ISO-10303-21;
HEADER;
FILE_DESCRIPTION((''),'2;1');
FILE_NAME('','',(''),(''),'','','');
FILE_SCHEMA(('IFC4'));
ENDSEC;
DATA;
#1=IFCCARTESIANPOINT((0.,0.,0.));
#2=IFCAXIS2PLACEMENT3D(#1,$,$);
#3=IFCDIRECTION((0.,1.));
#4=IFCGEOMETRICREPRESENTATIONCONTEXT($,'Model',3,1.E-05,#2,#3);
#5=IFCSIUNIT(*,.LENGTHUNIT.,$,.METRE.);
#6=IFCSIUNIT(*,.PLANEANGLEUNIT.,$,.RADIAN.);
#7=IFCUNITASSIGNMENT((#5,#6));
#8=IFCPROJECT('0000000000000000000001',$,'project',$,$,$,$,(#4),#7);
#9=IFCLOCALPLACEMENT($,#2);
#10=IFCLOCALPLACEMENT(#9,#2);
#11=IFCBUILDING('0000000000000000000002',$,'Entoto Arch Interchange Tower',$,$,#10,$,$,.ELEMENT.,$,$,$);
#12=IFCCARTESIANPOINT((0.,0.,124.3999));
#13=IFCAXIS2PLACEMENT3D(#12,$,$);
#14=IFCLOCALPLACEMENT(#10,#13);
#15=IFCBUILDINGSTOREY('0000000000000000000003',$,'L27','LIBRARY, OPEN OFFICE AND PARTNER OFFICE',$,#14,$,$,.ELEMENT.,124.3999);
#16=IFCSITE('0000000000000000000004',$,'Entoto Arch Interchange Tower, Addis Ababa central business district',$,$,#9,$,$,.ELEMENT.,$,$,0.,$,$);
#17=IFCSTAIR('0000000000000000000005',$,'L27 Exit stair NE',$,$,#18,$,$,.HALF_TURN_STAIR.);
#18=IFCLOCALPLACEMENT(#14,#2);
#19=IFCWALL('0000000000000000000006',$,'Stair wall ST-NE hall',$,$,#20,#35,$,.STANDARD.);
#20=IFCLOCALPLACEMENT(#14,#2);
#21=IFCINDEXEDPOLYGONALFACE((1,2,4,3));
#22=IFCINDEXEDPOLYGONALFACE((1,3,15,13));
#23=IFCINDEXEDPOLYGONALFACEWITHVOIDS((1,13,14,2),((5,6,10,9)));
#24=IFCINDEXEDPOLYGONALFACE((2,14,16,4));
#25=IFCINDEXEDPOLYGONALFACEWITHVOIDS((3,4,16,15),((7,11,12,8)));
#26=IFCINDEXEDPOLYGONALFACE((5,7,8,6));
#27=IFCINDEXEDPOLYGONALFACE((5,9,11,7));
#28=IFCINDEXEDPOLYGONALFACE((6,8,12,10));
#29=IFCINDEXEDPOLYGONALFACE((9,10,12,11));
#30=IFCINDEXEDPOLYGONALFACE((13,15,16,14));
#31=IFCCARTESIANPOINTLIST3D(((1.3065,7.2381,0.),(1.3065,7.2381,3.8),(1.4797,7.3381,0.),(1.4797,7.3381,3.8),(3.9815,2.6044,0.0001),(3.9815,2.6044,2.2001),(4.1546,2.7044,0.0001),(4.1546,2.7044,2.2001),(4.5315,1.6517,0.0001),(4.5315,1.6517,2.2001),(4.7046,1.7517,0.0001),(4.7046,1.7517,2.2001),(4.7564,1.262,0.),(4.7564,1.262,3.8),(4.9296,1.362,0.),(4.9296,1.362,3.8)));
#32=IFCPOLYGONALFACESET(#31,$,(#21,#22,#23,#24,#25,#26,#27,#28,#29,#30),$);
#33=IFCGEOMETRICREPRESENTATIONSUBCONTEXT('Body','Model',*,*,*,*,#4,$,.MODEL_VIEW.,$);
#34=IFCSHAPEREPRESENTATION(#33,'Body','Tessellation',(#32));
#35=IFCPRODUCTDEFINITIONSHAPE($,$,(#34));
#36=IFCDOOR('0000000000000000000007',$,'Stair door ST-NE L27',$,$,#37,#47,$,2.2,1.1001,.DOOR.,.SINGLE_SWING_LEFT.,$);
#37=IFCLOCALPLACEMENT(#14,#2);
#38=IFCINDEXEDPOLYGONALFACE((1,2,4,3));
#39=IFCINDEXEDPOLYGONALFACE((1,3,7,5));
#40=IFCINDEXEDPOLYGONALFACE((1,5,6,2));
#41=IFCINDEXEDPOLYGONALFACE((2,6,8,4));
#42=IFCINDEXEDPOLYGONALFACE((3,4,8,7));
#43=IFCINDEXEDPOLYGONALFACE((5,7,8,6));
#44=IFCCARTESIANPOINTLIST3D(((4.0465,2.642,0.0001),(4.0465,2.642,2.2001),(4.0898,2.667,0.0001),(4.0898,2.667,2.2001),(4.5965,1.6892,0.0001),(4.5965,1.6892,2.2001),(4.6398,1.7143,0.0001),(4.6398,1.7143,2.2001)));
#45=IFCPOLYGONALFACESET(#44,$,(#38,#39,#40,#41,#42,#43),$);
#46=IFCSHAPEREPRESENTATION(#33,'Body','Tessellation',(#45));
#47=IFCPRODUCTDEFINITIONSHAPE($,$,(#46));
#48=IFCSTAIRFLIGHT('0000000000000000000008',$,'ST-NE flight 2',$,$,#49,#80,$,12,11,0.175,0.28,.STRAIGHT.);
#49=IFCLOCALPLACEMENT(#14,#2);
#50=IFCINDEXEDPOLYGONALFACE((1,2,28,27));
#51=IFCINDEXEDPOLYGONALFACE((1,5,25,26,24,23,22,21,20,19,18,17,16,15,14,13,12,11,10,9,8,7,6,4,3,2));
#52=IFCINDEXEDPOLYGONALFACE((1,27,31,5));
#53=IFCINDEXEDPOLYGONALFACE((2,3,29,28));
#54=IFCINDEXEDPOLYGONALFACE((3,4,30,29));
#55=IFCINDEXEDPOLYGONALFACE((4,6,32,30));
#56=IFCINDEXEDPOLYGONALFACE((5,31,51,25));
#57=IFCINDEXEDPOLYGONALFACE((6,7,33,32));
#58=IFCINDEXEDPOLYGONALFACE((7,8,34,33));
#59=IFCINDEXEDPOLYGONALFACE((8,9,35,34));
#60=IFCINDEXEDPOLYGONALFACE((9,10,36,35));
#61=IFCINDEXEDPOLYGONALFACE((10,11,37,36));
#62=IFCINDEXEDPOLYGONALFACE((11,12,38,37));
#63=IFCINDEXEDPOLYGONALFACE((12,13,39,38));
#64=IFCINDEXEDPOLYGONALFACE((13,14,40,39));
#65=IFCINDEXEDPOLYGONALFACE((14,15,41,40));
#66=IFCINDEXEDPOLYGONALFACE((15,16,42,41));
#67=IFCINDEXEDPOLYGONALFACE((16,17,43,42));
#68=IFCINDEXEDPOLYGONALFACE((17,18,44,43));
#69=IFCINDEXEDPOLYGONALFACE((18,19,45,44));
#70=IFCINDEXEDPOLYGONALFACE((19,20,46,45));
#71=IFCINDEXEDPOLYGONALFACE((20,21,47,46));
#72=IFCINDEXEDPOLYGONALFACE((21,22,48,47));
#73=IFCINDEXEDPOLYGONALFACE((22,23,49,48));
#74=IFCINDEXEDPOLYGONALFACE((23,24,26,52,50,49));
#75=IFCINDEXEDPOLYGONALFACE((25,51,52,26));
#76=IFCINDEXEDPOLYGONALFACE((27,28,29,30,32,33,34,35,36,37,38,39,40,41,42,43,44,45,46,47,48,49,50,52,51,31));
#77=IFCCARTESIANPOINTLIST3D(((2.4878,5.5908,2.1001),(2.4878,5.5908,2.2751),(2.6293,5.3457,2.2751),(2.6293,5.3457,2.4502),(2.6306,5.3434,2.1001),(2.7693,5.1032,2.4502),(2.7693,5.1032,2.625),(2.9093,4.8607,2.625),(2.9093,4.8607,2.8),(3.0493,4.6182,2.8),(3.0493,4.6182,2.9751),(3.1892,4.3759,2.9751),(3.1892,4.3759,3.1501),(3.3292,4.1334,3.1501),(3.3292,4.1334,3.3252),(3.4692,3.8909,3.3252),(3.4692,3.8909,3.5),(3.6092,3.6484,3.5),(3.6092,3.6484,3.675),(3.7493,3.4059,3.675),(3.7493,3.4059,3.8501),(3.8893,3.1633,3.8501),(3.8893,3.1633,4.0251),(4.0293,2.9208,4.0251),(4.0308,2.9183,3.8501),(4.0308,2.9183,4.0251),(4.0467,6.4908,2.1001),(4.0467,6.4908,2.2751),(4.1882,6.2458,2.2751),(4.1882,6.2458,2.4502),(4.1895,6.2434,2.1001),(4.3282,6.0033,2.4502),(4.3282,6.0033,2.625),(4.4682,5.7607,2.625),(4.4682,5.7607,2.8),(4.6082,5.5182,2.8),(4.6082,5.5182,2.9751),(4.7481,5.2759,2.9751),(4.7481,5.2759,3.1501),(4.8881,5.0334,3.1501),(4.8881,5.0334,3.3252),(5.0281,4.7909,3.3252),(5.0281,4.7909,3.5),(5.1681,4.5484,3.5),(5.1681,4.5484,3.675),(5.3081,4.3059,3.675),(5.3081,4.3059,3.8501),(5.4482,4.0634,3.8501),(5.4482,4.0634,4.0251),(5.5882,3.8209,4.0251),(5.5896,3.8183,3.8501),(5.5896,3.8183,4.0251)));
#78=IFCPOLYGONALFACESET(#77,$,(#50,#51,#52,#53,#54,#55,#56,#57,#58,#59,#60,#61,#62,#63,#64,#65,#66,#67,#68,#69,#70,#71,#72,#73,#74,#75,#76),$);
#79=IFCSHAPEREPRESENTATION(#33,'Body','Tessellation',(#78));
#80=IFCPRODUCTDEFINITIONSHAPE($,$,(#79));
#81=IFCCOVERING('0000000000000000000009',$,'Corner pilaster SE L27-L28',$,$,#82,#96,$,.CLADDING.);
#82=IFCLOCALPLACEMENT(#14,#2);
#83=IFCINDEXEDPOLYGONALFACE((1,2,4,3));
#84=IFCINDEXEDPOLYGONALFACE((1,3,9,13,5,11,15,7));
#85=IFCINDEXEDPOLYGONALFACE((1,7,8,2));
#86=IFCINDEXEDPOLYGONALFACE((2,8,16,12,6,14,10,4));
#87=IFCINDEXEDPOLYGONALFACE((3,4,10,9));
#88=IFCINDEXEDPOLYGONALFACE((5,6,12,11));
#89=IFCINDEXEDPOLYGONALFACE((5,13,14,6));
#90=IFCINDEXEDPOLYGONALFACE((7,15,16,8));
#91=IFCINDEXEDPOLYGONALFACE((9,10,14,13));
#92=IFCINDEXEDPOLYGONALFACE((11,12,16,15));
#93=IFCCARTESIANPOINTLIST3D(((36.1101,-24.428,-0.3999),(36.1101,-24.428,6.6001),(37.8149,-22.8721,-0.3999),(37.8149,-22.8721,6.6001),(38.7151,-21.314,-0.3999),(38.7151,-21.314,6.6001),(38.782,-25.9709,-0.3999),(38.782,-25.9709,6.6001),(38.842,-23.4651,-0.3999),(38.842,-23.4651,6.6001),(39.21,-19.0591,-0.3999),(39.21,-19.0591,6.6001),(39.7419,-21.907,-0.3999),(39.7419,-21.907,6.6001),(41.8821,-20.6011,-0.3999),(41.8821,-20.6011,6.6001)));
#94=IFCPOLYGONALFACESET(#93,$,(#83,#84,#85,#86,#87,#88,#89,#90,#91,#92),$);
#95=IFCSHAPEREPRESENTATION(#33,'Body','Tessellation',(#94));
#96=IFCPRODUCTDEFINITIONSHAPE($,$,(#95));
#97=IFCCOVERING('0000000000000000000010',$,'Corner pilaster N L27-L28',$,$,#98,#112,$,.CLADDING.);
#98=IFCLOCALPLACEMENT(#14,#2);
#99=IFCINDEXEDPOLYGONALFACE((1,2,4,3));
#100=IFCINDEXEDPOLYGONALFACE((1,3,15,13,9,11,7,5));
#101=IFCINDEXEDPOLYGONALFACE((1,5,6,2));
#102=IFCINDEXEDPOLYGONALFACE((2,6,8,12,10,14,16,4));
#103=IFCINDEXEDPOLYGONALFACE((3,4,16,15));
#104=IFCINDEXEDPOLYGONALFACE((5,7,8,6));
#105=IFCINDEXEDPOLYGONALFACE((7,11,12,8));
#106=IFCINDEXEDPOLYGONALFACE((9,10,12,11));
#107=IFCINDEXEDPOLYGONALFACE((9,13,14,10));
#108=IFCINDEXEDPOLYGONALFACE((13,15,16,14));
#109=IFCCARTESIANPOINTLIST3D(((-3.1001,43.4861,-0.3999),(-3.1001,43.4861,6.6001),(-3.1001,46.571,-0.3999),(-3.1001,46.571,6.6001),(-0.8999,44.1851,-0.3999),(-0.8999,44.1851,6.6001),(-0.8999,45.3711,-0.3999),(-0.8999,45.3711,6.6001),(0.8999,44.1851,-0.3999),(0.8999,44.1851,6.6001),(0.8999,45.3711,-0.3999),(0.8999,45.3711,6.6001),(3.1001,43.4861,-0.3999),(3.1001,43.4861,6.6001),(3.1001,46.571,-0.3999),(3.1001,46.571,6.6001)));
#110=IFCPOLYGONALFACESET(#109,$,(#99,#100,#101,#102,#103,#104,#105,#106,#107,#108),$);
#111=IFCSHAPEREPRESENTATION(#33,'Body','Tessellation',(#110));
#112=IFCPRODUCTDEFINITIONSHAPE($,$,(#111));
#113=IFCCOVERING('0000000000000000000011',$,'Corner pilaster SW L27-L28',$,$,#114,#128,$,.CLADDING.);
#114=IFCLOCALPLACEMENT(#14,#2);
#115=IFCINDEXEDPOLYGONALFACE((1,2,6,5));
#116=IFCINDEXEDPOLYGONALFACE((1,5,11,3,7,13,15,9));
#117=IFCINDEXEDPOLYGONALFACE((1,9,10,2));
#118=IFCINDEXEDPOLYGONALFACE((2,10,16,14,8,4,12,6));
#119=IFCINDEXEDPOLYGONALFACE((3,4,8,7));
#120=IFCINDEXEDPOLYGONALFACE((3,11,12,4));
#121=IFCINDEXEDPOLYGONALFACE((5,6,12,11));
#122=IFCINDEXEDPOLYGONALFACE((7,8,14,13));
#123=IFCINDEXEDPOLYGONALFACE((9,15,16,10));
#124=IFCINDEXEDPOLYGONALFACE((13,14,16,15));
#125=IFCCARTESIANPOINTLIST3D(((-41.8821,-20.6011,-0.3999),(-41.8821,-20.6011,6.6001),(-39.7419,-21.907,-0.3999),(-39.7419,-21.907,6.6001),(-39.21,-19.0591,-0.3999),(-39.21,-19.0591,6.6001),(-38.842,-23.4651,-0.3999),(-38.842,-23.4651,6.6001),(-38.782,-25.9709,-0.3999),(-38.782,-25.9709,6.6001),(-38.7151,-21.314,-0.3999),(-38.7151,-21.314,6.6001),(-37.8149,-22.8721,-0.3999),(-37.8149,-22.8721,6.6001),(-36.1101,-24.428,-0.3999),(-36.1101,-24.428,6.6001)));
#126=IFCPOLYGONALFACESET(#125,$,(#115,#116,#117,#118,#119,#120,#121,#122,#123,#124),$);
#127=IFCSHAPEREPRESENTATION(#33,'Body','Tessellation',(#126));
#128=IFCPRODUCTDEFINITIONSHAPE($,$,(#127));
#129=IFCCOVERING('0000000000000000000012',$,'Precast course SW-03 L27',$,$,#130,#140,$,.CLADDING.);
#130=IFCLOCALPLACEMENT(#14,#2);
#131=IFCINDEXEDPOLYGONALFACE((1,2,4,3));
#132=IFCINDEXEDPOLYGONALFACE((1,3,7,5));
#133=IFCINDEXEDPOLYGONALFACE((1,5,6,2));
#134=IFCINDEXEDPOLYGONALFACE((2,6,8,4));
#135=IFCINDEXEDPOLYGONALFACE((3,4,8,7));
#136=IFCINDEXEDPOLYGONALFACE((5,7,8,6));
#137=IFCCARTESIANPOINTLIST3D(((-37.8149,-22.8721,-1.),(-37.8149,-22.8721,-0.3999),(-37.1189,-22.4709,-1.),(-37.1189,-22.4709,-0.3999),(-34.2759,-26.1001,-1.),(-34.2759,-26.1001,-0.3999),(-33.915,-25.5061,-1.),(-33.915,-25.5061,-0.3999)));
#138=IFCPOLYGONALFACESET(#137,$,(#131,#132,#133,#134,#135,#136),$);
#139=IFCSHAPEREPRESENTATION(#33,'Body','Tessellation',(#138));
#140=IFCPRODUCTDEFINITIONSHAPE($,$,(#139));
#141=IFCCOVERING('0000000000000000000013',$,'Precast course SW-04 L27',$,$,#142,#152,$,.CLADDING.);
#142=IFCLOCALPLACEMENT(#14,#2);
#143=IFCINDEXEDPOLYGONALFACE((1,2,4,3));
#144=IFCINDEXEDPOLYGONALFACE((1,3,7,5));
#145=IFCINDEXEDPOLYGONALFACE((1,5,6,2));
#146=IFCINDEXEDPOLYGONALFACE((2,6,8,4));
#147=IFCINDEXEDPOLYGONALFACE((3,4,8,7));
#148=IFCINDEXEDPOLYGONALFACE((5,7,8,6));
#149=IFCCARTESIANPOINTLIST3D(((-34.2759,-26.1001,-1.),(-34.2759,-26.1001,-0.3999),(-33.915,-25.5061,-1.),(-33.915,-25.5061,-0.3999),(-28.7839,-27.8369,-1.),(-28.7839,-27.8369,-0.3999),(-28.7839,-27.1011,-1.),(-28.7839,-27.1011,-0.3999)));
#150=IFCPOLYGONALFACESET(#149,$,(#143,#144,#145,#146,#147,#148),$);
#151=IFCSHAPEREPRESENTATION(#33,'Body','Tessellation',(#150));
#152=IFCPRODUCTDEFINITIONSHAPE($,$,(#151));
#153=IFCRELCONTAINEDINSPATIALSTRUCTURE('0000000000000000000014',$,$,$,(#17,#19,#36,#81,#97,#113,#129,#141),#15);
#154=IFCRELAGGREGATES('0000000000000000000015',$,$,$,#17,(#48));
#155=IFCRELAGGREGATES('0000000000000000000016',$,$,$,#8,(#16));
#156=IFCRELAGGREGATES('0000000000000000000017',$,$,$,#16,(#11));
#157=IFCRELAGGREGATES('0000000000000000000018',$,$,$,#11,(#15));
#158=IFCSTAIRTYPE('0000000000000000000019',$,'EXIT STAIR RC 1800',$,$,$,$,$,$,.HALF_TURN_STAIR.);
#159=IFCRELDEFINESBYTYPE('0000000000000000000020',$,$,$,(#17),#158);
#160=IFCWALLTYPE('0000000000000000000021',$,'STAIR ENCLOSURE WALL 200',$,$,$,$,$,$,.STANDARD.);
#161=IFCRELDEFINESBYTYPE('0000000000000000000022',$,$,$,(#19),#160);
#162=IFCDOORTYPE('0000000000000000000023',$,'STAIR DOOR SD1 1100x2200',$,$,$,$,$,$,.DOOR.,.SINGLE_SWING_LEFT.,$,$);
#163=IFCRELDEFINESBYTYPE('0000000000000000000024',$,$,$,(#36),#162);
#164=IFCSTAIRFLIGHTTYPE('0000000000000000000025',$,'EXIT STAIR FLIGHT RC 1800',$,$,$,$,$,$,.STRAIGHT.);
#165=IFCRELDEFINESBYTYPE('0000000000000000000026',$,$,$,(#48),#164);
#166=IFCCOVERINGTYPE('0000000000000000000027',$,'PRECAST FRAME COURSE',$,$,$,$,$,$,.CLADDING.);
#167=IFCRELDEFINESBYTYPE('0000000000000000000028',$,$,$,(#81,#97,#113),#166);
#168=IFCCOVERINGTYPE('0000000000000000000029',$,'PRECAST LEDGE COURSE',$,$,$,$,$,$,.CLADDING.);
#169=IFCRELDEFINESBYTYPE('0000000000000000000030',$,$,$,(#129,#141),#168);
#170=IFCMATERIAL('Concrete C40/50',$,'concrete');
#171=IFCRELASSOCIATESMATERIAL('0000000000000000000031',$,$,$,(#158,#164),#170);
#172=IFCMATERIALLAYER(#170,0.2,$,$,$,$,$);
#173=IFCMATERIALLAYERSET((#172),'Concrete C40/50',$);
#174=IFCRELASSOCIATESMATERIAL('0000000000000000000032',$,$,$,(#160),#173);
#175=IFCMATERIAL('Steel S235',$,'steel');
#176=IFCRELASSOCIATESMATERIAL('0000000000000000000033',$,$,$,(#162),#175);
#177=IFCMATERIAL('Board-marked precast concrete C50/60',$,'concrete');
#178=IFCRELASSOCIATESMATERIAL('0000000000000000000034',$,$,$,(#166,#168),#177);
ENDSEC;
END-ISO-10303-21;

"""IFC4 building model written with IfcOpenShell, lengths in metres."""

from ifc_helpers import new_model, si_unit, direction, frame, frame_2d, origin, place, context, subcontext, project, spatial, polyline, rectangle, outline, extrude, material, layer, layer_set, type_object, element, fill, aggregate, save


model = new_model("IFC4")

# Units and contexts
model_context = context("Model", 3, precision=1e-05, world=origin(), true_north=direction((0.0, 1.0)))
body_context = subcontext(model_context, "Body", "Model", "MODEL_VIEW")
ifc_project = project(units=[si_unit("LENGTHUNIT", "METRE"), si_unit("PLANEANGLEUNIT", "RADIAN")], contexts=[model_context])

# Site, building, storey
site_placement = place(None, origin())
site = spatial("IfcSite", under=ifc_project, at=site_placement, Name="Entoto Arch Interchange Tower, Addis Ababa central business district", CompositionType="ELEMENT", RefElevation=0.0)
building_placement = place(site_placement, origin())
building = spatial("IfcBuilding", under=site, at=building_placement, Name="Entoto Arch Interchange Tower", CompositionType="ELEMENT")
storey_placement = place(building_placement, frame((0.0, 0.0, 124.3999)))
storey = spatial("IfcBuildingStorey", under=building, at=storey_placement, Name="L27", Description="LIBRARY, OPEN OFFICE AND PARTNER OFFICE", CompositionType="ELEMENT", Elevation=124.3999)

# Shared definitions
ifc_material_1 = material(Name="Board-marked precast concrete C50/60", Category="concrete")
ifc_material_2 = material(Name="Concrete C40/50", Category="concrete")

# Stair
stair_type = type_object("IfcStairType", Name="EXIT STAIR RC 1800", PredefinedType="HALF_TURN_STAIR", material=ifc_material_2)
stair_1_placement = place(storey_placement, origin())
stair_1 = element("IfcStair", 1, at=stair_1_placement, inside=storey, type_object=stair_type, Name="L27 Exit stair NE", PredefinedType="HALF_TURN_STAIR")

# Shared definitions
ifc_layer_1 = layer(ifc_material_2, 0.2)
ifc_layer_set_1 = layer_set([ifc_layer_1], Name="Concrete C40/50")
wall_type_1 = type_object("IfcWallType", Name="STAIR ENCLOSURE WALL 200", PredefinedType="STANDARD", material=ifc_layer_set_1)
ifc_material_3 = material(Name="Steel S235", Category="steel")
door_type = type_object("IfcDoorType", Name="STAIR DOOR SD1 1100x2200", OperationType="SINGLE_SWING_LEFT", PredefinedType="DOOR", material=ifc_material_3)

# Wall, opening, door
wall_1_placement = place(storey_placement, frame((4.843, 1.312, 0.0), z_axis=(0.0, 0.0, 1.0), x_axis=(-0.499963, 0.866047, 0.0)))
wall_1 = element("IfcWall", 2, at=wall_1_placement, inside=storey, type_object=wall_type_1, Name="Stair wall ST-NE hall", PredefinedType="STANDARD", context=body_context, shape_type="SweptSolid", body=[
    extrude(rectangle(XDim=6.9004, YDim=0.2, at=frame_2d((3.4502, 0.0))), origin(), (0.0, 0.0, 1.0), 3.8),
])
opening_1_placement = place(wall_1_placement, frame((0.45, 0.0, 0.0)))
opening_1 = element("IfcOpeningElement", 3, at=opening_1_placement, cuts=wall_1, PredefinedType="OPENING", context=body_context, shape_type="SweptSolid", body=[
    extrude(rectangle(XDim=1.1001, YDim=2.2, at=frame_2d((0.55, 1.1001))), frame((0.0, 0.1099, 0.0), z_axis=(0.0, -1.0, 0.0), x_axis=(1.0, 0.0, 0.0)), (0.0, 0.0, 1.0), 0.22),
])
door_1_placement = place(opening_1_placement, origin())
door_1 = element("IfcDoor", 4, at=door_1_placement, inside=storey, type_object=door_type, Name="Stair door ST-NE L27", OperationType="SINGLE_SWING_LEFT", OverallHeight=2.2, OverallWidth=1.1001, PredefinedType="DOOR", context=body_context, shape_type="SweptSolid", body=[
    extrude(rectangle(XDim=1.1001, YDim=2.2, at=frame_2d((0.55, 1.1001))), frame((0.0, 0.0249, 0.0), z_axis=(0.0, -1.0, 0.0), x_axis=(1.0, 0.0, 0.0)), (0.0, 0.0, 1.0), 0.05),
])
fill(opening_1, door_1)

# Stair flight
stair_flight_type = type_object("IfcStairFlightType", Name="EXIT STAIR FLIGHT RC 1800", PredefinedType="STRAIGHT", material=ifc_material_2)
stair_flight_placement = place(storey_placement, frame((3.2688, 6.0383, 2.1001), z_axis=(0.0, 0.0, 1.0), x_axis=(0.5, -0.866025, 0.0)))
stair_flight = element("IfcStairFlight", 5, at=stair_flight_placement, type_object=stair_flight_type, Name="ST-NE flight 2", NumberOfRisers=12, NumberOfTreads=11, PredefinedType="STRAIGHT", RiserHeight=0.175, TreadLength=0.28, context=body_context, shape_type="SweptSolid", body=[
    extrude(outline(polyline([(-0.0029, 0.0), (-0.0029, 0.175), (0.28, 0.175), (0.28, 0.3501), (0.5601, 0.3501), (0.5601, 0.5249), (0.8401, 0.5249), (0.8401, 0.7), (1.1201, 0.7), (1.1201, 0.875), (1.3999, 0.875), (1.3999, 1.05), (1.6799, 1.05), (1.6799, 1.2251), (1.96, 1.2251), (1.96, 1.3999), (2.24, 1.3999), (2.24, 1.575), (2.52, 1.575), (2.52, 1.75), (2.8, 1.75), (2.8, 1.925), (3.0801, 1.925), (3.083, 1.925), (3.083, 1.75), (0.2827, 0.0), (-0.0029, 0.0)])), frame((0.0, 0.8999, 0.0), z_axis=(0.0, -1.0, 0.0), x_axis=(1.0, 0.0, 0.0)), (0.0, 0.0, 1.0), 1.8),
])
aggregate(stair_1, [stair_flight])

# Coverings
covering_type_1 = type_object("IfcCoveringType", Name="PRECAST FRAME COURSE", PredefinedType="CLADDING", material=ifc_material_1)
covering_1_placement = place(storey_placement, frame((0.0, 0.0, -0.3999)))
element("IfcCovering", 6, at=covering_1_placement, inside=storey, type_object=covering_type_1, Name="Corner pilaster SE L27-L28", PredefinedType="CLADDING", context=body_context, shape_type="SweptSolid", body=[
    extrude(outline(polyline([(41.8821, -20.6011), (38.782, -25.9709), (36.1101, -24.428), (37.8149, -22.8721), (38.842, -23.4651), (39.7419, -21.907), (38.7151, -21.314), (39.21, -19.0591), (41.8821, -20.6011)])), origin(), (0.0, 0.0, 1.0), 7.0),
])
covering_2_placement = place(storey_placement, frame((0.0, 0.0, -0.3999)))
element("IfcCovering", 7, at=covering_2_placement, inside=storey, type_object=covering_type_1, Name="Corner pilaster N L27-L28", PredefinedType="CLADDING", context=body_context, shape_type="SweptSolid", body=[
    extrude(outline(polyline([(-3.1001, 46.571), (3.1001, 46.571), (3.1001, 43.4861), (0.8999, 44.1851), (0.8999, 45.3711), (-0.8999, 45.3711), (-0.8999, 44.1851), (-3.1001, 43.4861), (-3.1001, 46.571)])), origin(), (0.0, 0.0, 1.0), 7.0),
])
covering_3_placement = place(storey_placement, frame((0.0, 0.0, -0.3999)))
element("IfcCovering", 8, at=covering_3_placement, inside=storey, type_object=covering_type_1, Name="Corner pilaster SW L27-L28", PredefinedType="CLADDING", context=body_context, shape_type="SweptSolid", body=[
    extrude(outline(polyline([(-38.782, -25.9709), (-41.8821, -20.6011), (-39.21, -19.0591), (-38.7151, -21.314), (-39.7419, -21.907), (-38.842, -23.4651), (-37.8149, -22.8721), (-36.1101, -24.428), (-38.782, -25.9709)])), origin(), (0.0, 0.0, 1.0), 7.0),
])
covering_type_2 = type_object("IfcCoveringType", Name="PRECAST LEDGE COURSE", PredefinedType="CLADDING", material=ifc_material_1)
covering_4_placement = place(storey_placement, frame((0.0, 0.0, -1.0)))
element("IfcCovering", 9, at=covering_4_placement, inside=storey, type_object=covering_type_2, Name="Precast course SW-03 L27", PredefinedType="CLADDING", context=body_context, shape_type="SweptSolid", body=[
    extrude(outline(polyline([(-33.915, -25.5061), (-34.2759, -26.1001), (-37.8149, -22.8721), (-37.1189, -22.4709), (-33.915, -25.5061)])), origin(), (0.0, 0.0, 1.0), 0.6001),
])
covering_5_placement = place(storey_placement, frame((0.0, 0.0, -1.0)))
element("IfcCovering", 10, at=covering_5_placement, inside=storey, type_object=covering_type_2, Name="Precast course SW-04 L27", PredefinedType="CLADDING", context=body_context, shape_type="SweptSolid", body=[
    extrude(outline(polyline([(-28.7839, -27.1011), (-28.7839, -27.8369), (-34.2759, -26.1001), (-33.915, -25.5061), (-28.7839, -27.1011)])), origin(), (0.0, 0.0, 1.0), 0.6001),
])

save(model, "model.ifc")
